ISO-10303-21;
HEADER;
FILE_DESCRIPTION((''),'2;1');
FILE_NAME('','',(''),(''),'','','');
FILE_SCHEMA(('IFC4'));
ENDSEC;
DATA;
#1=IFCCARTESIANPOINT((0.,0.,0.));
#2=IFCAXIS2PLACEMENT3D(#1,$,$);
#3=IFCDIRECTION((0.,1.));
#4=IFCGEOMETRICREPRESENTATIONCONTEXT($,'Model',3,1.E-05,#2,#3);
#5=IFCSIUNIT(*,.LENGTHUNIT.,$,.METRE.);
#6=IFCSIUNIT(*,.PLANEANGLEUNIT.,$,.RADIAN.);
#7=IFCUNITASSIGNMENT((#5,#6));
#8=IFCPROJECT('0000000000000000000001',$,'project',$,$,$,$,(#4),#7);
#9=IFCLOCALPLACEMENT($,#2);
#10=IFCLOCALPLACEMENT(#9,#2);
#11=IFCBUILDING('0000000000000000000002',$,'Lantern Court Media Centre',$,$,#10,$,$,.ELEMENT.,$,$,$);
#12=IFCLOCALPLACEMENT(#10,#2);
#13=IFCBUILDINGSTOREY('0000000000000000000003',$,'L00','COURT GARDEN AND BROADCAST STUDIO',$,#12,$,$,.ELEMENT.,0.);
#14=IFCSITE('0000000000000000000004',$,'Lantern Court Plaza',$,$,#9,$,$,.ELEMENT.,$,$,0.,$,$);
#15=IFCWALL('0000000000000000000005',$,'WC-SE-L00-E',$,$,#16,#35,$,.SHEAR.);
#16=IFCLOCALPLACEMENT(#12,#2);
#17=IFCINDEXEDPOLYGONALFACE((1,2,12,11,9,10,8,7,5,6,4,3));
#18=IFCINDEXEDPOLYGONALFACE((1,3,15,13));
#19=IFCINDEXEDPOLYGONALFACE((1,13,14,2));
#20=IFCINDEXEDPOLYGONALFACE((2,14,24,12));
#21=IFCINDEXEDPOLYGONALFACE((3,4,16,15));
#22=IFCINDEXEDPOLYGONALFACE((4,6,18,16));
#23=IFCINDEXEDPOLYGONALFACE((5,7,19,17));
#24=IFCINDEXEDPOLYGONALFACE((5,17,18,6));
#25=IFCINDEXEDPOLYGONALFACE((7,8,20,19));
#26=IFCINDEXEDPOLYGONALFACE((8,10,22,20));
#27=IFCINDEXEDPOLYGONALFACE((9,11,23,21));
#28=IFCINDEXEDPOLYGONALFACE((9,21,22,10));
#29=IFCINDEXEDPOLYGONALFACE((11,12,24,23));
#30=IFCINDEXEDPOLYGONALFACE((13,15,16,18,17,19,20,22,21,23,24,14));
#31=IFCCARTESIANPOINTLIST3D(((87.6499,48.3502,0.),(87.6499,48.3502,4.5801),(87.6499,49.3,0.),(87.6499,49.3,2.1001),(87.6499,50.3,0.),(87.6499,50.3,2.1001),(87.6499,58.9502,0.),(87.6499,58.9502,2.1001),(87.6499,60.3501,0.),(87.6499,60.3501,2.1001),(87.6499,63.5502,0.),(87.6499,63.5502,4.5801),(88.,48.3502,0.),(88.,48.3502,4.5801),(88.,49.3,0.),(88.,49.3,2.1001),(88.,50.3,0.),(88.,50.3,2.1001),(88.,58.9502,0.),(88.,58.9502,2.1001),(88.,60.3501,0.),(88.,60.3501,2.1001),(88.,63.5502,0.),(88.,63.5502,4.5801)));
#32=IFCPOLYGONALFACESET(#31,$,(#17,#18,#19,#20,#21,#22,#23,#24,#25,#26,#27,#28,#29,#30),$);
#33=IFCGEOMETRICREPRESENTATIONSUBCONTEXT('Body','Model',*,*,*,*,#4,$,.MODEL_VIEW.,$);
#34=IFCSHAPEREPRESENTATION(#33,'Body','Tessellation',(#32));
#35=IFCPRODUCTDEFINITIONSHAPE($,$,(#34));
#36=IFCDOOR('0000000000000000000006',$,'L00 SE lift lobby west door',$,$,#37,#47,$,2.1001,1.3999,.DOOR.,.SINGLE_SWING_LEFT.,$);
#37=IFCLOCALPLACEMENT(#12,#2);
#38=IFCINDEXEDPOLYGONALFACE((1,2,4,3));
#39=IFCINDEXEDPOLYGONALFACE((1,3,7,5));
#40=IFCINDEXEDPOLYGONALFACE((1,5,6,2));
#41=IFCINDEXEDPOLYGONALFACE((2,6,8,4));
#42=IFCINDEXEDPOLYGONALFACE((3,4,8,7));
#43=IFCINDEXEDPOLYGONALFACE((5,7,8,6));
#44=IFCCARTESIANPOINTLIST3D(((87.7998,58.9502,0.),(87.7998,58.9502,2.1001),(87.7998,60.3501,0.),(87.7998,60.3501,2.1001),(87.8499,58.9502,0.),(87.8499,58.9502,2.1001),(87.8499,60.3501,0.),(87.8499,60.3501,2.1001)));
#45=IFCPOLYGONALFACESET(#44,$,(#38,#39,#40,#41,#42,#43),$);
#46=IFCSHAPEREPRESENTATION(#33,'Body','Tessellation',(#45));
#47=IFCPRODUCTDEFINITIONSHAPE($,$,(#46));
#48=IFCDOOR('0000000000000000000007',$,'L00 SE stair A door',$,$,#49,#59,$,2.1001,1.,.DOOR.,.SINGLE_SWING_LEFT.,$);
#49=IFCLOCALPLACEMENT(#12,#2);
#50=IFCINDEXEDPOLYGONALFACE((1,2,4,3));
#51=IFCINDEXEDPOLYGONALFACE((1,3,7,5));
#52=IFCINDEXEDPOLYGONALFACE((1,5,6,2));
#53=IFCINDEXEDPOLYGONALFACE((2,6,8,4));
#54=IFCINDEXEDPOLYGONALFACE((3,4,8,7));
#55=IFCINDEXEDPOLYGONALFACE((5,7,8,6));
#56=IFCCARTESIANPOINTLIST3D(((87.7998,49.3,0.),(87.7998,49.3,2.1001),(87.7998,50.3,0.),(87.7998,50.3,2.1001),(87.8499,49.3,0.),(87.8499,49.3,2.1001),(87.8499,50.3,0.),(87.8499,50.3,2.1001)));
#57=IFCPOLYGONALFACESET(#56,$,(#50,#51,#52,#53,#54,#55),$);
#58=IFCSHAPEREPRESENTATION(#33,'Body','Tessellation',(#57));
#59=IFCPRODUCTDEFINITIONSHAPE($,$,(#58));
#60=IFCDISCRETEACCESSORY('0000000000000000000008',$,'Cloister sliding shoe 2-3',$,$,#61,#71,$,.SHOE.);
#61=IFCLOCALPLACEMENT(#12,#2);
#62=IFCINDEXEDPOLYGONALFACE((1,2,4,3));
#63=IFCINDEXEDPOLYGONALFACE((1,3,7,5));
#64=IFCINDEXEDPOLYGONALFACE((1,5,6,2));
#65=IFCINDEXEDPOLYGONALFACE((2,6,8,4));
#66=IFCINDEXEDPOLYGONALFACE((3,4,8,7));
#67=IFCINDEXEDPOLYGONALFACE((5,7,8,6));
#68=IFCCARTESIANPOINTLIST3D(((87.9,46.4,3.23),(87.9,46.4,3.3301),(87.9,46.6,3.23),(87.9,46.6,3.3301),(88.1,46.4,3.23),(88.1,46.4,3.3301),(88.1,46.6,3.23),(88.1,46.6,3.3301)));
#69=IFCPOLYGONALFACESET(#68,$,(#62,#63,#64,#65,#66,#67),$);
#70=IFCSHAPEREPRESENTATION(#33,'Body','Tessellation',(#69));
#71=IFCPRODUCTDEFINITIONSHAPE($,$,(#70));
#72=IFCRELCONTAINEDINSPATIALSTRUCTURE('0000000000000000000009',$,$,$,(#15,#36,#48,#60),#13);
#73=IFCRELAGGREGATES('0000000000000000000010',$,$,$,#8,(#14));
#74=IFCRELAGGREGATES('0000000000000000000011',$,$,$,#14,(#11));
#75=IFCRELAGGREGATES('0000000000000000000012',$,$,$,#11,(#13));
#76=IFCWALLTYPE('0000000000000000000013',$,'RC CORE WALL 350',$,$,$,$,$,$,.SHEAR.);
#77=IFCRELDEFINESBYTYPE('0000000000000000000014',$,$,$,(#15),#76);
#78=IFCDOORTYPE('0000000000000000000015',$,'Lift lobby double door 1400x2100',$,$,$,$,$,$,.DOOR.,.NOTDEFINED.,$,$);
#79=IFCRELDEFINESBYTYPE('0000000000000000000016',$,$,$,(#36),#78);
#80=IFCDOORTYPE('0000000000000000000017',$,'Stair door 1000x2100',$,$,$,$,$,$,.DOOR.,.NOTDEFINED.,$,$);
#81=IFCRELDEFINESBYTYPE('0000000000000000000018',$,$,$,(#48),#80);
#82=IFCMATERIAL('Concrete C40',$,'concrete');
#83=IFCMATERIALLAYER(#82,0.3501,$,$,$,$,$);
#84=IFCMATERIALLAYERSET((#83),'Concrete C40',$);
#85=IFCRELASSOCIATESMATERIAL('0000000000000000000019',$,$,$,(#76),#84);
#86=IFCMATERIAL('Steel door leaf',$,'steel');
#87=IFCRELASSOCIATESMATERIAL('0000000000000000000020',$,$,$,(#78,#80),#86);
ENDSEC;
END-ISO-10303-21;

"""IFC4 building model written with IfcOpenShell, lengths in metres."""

from ifc_helpers import new_model, si_unit, direction, frame, frame_2d, origin, origin_2d, place, context, subcontext, project, spatial, rectangle, extrude, material, layer, layer_set, type_object, element, fill, save


model = new_model("IFC4")

# Units and contexts
model_context = context("Model", 3, precision=1e-05, world=origin(), true_north=direction((0.0, 1.0)))
body_context = subcontext(model_context, "Body", "Model", "MODEL_VIEW")
ifc_project = project(units=[si_unit("LENGTHUNIT", "METRE"), si_unit("PLANEANGLEUNIT", "RADIAN")], contexts=[model_context])

# Site, building, storey
site_placement = place(None, origin())
site = spatial("IfcSite", under=ifc_project, at=site_placement, Name="Lantern Court Plaza", CompositionType="ELEMENT", RefElevation=0.0)
building_placement = place(site_placement, origin())
building = spatial("IfcBuilding", under=site, at=building_placement, Name="Lantern Court Media Centre", CompositionType="ELEMENT")
storey_placement = place(building_placement, origin())
storey = spatial("IfcBuildingStorey", under=building, at=storey_placement, Name="L00", Description="COURT GARDEN AND BROADCAST STUDIO", CompositionType="ELEMENT", Elevation=0.0)

# Wall, openings, doors
ifc_material_1 = material(Name="Concrete C40", Category="concrete")
ifc_layer_1 = layer(ifc_material_1, 0.3501)
ifc_layer_set_1 = layer_set([ifc_layer_1], Name="Concrete C40")
wall_type_1 = type_object("IfcWallType", Name="RC CORE WALL 350", PredefinedType="SHEAR", material=ifc_layer_set_1)
wall_1_placement = place(storey_placement, frame((87.825, 48.3501, 0.0), z_axis=(0.0, 0.0, 1.0), x_axis=(0.0, 1.0, 0.0)))
wall_1 = element("IfcWall", 1, at=wall_1_placement, inside=storey, type_object=wall_type_1, Name="WC-SE-L00-E", PredefinedType="SHEAR", context=body_context, shape_type="SweptSolid", body=[
    extrude(rectangle(XDim=15.2, YDim=0.3501, at=frame_2d((7.6001, 0.0))), origin(), (0.0, 0.0, 1.0), 4.5801),
])
opening_1_placement = place(wall_1_placement, frame((0.95, 0.0, 0.0)))
opening_1 = element("IfcOpeningElement", 2, at=opening_1_placement, cuts=wall_1, PredefinedType="OPENING", context=body_context, shape_type="SweptSolid", body=[
    extrude(rectangle(XDim=1.0, YDim=2.1001, at=frame_2d((0.5, 1.05))), frame((0.0, 0.1851, 0.0), z_axis=(0.0, -1.0, 0.0), x_axis=(1.0, 0.0, 0.0)), (0.0, 0.0, 1.0), 0.3701),
])
opening_2_placement = place(wall_1_placement, frame((10.6001, 0.0, 0.0)))
opening_2 = element("IfcOpeningElement", 3, at=opening_2_placement, cuts=wall_1, PredefinedType="OPENING", context=body_context, shape_type="SweptSolid", body=[
    extrude(rectangle(XDim=1.3999, YDim=2.1001, at=frame_2d((0.7, 1.05))), frame((0.0, 0.1851, 0.0), z_axis=(0.0, -1.0, 0.0), x_axis=(1.0, 0.0, 0.0)), (0.0, 0.0, 1.0), 0.3701),
])
ifc_material_2 = material(Name="Steel door leaf", Category="steel")
door_type_1 = type_object("IfcDoorType", Name="Lift lobby double door 1400x2100", OperationType="NOTDEFINED", PredefinedType="DOOR", material=ifc_material_2)
door_1_placement = place(opening_2_placement, frame((1.3999, 0.0, 0.0), z_axis=(0.0, 0.0, 1.0), x_axis=(-1.0, 0.0, 0.0)))
door_1 = element("IfcDoor", 4, at=door_1_placement, inside=storey, type_object=door_type_1, Name="L00 SE lift lobby west door", OperationType="SINGLE_SWING_LEFT", OverallHeight=2.1001, OverallWidth=1.3999, PredefinedType="DOOR", context=body_context, shape_type="SweptSolid", body=[
    extrude(rectangle(XDim=1.3999, YDim=2.1001, at=frame_2d((0.7, 1.05))), frame((0.0, 0.0249, 0.0), z_axis=(0.0, -1.0, 0.0), x_axis=(1.0, 0.0, 0.0)), (0.0, 0.0, 1.0), 0.05),
])
fill(opening_2, door_1)
door_type_2 = type_object("IfcDoorType", Name="Stair door 1000x2100", OperationType="NOTDEFINED", PredefinedType="DOOR", material=ifc_material_2)
door_2_placement = place(opening_1_placement, frame((1.0, 0.0, 0.0), z_axis=(0.0, 0.0, 1.0), x_axis=(-1.0, 0.0, 0.0)))
door_2 = element("IfcDoor", 5, at=door_2_placement, inside=storey, type_object=door_type_2, Name="L00 SE stair A door", OperationType="SINGLE_SWING_LEFT", OverallHeight=2.1001, OverallWidth=1.0, PredefinedType="DOOR", context=body_context, shape_type="SweptSolid", body=[
    extrude(rectangle(XDim=1.0, YDim=2.1001, at=frame_2d((0.5, 1.05))), frame((0.0, 0.0249, 0.0), z_axis=(0.0, -1.0, 0.0), x_axis=(1.0, 0.0, 0.0)), (0.0, 0.0, 1.0), 0.05),
])
fill(opening_1, door_2)

# Discrete accessory
discrete_accessory_placement = place(storey_placement, frame((88.0, 46.5, 3.23), z_axis=(0.0, 0.0, 1.0), x_axis=(1.0, 0.0, 0.0)))
element("IfcDiscreteAccessory", 6, at=discrete_accessory_placement, inside=storey, Name="Cloister sliding shoe 2-3", PredefinedType="SHOE", context=body_context, shape_type="SweptSolid", body=[
    extrude(rectangle(XDim=0.2, YDim=0.2, at=origin_2d()), origin(), (0.0, 0.0, 1.0), 0.1001),
])

save(model, "model.ifc")
